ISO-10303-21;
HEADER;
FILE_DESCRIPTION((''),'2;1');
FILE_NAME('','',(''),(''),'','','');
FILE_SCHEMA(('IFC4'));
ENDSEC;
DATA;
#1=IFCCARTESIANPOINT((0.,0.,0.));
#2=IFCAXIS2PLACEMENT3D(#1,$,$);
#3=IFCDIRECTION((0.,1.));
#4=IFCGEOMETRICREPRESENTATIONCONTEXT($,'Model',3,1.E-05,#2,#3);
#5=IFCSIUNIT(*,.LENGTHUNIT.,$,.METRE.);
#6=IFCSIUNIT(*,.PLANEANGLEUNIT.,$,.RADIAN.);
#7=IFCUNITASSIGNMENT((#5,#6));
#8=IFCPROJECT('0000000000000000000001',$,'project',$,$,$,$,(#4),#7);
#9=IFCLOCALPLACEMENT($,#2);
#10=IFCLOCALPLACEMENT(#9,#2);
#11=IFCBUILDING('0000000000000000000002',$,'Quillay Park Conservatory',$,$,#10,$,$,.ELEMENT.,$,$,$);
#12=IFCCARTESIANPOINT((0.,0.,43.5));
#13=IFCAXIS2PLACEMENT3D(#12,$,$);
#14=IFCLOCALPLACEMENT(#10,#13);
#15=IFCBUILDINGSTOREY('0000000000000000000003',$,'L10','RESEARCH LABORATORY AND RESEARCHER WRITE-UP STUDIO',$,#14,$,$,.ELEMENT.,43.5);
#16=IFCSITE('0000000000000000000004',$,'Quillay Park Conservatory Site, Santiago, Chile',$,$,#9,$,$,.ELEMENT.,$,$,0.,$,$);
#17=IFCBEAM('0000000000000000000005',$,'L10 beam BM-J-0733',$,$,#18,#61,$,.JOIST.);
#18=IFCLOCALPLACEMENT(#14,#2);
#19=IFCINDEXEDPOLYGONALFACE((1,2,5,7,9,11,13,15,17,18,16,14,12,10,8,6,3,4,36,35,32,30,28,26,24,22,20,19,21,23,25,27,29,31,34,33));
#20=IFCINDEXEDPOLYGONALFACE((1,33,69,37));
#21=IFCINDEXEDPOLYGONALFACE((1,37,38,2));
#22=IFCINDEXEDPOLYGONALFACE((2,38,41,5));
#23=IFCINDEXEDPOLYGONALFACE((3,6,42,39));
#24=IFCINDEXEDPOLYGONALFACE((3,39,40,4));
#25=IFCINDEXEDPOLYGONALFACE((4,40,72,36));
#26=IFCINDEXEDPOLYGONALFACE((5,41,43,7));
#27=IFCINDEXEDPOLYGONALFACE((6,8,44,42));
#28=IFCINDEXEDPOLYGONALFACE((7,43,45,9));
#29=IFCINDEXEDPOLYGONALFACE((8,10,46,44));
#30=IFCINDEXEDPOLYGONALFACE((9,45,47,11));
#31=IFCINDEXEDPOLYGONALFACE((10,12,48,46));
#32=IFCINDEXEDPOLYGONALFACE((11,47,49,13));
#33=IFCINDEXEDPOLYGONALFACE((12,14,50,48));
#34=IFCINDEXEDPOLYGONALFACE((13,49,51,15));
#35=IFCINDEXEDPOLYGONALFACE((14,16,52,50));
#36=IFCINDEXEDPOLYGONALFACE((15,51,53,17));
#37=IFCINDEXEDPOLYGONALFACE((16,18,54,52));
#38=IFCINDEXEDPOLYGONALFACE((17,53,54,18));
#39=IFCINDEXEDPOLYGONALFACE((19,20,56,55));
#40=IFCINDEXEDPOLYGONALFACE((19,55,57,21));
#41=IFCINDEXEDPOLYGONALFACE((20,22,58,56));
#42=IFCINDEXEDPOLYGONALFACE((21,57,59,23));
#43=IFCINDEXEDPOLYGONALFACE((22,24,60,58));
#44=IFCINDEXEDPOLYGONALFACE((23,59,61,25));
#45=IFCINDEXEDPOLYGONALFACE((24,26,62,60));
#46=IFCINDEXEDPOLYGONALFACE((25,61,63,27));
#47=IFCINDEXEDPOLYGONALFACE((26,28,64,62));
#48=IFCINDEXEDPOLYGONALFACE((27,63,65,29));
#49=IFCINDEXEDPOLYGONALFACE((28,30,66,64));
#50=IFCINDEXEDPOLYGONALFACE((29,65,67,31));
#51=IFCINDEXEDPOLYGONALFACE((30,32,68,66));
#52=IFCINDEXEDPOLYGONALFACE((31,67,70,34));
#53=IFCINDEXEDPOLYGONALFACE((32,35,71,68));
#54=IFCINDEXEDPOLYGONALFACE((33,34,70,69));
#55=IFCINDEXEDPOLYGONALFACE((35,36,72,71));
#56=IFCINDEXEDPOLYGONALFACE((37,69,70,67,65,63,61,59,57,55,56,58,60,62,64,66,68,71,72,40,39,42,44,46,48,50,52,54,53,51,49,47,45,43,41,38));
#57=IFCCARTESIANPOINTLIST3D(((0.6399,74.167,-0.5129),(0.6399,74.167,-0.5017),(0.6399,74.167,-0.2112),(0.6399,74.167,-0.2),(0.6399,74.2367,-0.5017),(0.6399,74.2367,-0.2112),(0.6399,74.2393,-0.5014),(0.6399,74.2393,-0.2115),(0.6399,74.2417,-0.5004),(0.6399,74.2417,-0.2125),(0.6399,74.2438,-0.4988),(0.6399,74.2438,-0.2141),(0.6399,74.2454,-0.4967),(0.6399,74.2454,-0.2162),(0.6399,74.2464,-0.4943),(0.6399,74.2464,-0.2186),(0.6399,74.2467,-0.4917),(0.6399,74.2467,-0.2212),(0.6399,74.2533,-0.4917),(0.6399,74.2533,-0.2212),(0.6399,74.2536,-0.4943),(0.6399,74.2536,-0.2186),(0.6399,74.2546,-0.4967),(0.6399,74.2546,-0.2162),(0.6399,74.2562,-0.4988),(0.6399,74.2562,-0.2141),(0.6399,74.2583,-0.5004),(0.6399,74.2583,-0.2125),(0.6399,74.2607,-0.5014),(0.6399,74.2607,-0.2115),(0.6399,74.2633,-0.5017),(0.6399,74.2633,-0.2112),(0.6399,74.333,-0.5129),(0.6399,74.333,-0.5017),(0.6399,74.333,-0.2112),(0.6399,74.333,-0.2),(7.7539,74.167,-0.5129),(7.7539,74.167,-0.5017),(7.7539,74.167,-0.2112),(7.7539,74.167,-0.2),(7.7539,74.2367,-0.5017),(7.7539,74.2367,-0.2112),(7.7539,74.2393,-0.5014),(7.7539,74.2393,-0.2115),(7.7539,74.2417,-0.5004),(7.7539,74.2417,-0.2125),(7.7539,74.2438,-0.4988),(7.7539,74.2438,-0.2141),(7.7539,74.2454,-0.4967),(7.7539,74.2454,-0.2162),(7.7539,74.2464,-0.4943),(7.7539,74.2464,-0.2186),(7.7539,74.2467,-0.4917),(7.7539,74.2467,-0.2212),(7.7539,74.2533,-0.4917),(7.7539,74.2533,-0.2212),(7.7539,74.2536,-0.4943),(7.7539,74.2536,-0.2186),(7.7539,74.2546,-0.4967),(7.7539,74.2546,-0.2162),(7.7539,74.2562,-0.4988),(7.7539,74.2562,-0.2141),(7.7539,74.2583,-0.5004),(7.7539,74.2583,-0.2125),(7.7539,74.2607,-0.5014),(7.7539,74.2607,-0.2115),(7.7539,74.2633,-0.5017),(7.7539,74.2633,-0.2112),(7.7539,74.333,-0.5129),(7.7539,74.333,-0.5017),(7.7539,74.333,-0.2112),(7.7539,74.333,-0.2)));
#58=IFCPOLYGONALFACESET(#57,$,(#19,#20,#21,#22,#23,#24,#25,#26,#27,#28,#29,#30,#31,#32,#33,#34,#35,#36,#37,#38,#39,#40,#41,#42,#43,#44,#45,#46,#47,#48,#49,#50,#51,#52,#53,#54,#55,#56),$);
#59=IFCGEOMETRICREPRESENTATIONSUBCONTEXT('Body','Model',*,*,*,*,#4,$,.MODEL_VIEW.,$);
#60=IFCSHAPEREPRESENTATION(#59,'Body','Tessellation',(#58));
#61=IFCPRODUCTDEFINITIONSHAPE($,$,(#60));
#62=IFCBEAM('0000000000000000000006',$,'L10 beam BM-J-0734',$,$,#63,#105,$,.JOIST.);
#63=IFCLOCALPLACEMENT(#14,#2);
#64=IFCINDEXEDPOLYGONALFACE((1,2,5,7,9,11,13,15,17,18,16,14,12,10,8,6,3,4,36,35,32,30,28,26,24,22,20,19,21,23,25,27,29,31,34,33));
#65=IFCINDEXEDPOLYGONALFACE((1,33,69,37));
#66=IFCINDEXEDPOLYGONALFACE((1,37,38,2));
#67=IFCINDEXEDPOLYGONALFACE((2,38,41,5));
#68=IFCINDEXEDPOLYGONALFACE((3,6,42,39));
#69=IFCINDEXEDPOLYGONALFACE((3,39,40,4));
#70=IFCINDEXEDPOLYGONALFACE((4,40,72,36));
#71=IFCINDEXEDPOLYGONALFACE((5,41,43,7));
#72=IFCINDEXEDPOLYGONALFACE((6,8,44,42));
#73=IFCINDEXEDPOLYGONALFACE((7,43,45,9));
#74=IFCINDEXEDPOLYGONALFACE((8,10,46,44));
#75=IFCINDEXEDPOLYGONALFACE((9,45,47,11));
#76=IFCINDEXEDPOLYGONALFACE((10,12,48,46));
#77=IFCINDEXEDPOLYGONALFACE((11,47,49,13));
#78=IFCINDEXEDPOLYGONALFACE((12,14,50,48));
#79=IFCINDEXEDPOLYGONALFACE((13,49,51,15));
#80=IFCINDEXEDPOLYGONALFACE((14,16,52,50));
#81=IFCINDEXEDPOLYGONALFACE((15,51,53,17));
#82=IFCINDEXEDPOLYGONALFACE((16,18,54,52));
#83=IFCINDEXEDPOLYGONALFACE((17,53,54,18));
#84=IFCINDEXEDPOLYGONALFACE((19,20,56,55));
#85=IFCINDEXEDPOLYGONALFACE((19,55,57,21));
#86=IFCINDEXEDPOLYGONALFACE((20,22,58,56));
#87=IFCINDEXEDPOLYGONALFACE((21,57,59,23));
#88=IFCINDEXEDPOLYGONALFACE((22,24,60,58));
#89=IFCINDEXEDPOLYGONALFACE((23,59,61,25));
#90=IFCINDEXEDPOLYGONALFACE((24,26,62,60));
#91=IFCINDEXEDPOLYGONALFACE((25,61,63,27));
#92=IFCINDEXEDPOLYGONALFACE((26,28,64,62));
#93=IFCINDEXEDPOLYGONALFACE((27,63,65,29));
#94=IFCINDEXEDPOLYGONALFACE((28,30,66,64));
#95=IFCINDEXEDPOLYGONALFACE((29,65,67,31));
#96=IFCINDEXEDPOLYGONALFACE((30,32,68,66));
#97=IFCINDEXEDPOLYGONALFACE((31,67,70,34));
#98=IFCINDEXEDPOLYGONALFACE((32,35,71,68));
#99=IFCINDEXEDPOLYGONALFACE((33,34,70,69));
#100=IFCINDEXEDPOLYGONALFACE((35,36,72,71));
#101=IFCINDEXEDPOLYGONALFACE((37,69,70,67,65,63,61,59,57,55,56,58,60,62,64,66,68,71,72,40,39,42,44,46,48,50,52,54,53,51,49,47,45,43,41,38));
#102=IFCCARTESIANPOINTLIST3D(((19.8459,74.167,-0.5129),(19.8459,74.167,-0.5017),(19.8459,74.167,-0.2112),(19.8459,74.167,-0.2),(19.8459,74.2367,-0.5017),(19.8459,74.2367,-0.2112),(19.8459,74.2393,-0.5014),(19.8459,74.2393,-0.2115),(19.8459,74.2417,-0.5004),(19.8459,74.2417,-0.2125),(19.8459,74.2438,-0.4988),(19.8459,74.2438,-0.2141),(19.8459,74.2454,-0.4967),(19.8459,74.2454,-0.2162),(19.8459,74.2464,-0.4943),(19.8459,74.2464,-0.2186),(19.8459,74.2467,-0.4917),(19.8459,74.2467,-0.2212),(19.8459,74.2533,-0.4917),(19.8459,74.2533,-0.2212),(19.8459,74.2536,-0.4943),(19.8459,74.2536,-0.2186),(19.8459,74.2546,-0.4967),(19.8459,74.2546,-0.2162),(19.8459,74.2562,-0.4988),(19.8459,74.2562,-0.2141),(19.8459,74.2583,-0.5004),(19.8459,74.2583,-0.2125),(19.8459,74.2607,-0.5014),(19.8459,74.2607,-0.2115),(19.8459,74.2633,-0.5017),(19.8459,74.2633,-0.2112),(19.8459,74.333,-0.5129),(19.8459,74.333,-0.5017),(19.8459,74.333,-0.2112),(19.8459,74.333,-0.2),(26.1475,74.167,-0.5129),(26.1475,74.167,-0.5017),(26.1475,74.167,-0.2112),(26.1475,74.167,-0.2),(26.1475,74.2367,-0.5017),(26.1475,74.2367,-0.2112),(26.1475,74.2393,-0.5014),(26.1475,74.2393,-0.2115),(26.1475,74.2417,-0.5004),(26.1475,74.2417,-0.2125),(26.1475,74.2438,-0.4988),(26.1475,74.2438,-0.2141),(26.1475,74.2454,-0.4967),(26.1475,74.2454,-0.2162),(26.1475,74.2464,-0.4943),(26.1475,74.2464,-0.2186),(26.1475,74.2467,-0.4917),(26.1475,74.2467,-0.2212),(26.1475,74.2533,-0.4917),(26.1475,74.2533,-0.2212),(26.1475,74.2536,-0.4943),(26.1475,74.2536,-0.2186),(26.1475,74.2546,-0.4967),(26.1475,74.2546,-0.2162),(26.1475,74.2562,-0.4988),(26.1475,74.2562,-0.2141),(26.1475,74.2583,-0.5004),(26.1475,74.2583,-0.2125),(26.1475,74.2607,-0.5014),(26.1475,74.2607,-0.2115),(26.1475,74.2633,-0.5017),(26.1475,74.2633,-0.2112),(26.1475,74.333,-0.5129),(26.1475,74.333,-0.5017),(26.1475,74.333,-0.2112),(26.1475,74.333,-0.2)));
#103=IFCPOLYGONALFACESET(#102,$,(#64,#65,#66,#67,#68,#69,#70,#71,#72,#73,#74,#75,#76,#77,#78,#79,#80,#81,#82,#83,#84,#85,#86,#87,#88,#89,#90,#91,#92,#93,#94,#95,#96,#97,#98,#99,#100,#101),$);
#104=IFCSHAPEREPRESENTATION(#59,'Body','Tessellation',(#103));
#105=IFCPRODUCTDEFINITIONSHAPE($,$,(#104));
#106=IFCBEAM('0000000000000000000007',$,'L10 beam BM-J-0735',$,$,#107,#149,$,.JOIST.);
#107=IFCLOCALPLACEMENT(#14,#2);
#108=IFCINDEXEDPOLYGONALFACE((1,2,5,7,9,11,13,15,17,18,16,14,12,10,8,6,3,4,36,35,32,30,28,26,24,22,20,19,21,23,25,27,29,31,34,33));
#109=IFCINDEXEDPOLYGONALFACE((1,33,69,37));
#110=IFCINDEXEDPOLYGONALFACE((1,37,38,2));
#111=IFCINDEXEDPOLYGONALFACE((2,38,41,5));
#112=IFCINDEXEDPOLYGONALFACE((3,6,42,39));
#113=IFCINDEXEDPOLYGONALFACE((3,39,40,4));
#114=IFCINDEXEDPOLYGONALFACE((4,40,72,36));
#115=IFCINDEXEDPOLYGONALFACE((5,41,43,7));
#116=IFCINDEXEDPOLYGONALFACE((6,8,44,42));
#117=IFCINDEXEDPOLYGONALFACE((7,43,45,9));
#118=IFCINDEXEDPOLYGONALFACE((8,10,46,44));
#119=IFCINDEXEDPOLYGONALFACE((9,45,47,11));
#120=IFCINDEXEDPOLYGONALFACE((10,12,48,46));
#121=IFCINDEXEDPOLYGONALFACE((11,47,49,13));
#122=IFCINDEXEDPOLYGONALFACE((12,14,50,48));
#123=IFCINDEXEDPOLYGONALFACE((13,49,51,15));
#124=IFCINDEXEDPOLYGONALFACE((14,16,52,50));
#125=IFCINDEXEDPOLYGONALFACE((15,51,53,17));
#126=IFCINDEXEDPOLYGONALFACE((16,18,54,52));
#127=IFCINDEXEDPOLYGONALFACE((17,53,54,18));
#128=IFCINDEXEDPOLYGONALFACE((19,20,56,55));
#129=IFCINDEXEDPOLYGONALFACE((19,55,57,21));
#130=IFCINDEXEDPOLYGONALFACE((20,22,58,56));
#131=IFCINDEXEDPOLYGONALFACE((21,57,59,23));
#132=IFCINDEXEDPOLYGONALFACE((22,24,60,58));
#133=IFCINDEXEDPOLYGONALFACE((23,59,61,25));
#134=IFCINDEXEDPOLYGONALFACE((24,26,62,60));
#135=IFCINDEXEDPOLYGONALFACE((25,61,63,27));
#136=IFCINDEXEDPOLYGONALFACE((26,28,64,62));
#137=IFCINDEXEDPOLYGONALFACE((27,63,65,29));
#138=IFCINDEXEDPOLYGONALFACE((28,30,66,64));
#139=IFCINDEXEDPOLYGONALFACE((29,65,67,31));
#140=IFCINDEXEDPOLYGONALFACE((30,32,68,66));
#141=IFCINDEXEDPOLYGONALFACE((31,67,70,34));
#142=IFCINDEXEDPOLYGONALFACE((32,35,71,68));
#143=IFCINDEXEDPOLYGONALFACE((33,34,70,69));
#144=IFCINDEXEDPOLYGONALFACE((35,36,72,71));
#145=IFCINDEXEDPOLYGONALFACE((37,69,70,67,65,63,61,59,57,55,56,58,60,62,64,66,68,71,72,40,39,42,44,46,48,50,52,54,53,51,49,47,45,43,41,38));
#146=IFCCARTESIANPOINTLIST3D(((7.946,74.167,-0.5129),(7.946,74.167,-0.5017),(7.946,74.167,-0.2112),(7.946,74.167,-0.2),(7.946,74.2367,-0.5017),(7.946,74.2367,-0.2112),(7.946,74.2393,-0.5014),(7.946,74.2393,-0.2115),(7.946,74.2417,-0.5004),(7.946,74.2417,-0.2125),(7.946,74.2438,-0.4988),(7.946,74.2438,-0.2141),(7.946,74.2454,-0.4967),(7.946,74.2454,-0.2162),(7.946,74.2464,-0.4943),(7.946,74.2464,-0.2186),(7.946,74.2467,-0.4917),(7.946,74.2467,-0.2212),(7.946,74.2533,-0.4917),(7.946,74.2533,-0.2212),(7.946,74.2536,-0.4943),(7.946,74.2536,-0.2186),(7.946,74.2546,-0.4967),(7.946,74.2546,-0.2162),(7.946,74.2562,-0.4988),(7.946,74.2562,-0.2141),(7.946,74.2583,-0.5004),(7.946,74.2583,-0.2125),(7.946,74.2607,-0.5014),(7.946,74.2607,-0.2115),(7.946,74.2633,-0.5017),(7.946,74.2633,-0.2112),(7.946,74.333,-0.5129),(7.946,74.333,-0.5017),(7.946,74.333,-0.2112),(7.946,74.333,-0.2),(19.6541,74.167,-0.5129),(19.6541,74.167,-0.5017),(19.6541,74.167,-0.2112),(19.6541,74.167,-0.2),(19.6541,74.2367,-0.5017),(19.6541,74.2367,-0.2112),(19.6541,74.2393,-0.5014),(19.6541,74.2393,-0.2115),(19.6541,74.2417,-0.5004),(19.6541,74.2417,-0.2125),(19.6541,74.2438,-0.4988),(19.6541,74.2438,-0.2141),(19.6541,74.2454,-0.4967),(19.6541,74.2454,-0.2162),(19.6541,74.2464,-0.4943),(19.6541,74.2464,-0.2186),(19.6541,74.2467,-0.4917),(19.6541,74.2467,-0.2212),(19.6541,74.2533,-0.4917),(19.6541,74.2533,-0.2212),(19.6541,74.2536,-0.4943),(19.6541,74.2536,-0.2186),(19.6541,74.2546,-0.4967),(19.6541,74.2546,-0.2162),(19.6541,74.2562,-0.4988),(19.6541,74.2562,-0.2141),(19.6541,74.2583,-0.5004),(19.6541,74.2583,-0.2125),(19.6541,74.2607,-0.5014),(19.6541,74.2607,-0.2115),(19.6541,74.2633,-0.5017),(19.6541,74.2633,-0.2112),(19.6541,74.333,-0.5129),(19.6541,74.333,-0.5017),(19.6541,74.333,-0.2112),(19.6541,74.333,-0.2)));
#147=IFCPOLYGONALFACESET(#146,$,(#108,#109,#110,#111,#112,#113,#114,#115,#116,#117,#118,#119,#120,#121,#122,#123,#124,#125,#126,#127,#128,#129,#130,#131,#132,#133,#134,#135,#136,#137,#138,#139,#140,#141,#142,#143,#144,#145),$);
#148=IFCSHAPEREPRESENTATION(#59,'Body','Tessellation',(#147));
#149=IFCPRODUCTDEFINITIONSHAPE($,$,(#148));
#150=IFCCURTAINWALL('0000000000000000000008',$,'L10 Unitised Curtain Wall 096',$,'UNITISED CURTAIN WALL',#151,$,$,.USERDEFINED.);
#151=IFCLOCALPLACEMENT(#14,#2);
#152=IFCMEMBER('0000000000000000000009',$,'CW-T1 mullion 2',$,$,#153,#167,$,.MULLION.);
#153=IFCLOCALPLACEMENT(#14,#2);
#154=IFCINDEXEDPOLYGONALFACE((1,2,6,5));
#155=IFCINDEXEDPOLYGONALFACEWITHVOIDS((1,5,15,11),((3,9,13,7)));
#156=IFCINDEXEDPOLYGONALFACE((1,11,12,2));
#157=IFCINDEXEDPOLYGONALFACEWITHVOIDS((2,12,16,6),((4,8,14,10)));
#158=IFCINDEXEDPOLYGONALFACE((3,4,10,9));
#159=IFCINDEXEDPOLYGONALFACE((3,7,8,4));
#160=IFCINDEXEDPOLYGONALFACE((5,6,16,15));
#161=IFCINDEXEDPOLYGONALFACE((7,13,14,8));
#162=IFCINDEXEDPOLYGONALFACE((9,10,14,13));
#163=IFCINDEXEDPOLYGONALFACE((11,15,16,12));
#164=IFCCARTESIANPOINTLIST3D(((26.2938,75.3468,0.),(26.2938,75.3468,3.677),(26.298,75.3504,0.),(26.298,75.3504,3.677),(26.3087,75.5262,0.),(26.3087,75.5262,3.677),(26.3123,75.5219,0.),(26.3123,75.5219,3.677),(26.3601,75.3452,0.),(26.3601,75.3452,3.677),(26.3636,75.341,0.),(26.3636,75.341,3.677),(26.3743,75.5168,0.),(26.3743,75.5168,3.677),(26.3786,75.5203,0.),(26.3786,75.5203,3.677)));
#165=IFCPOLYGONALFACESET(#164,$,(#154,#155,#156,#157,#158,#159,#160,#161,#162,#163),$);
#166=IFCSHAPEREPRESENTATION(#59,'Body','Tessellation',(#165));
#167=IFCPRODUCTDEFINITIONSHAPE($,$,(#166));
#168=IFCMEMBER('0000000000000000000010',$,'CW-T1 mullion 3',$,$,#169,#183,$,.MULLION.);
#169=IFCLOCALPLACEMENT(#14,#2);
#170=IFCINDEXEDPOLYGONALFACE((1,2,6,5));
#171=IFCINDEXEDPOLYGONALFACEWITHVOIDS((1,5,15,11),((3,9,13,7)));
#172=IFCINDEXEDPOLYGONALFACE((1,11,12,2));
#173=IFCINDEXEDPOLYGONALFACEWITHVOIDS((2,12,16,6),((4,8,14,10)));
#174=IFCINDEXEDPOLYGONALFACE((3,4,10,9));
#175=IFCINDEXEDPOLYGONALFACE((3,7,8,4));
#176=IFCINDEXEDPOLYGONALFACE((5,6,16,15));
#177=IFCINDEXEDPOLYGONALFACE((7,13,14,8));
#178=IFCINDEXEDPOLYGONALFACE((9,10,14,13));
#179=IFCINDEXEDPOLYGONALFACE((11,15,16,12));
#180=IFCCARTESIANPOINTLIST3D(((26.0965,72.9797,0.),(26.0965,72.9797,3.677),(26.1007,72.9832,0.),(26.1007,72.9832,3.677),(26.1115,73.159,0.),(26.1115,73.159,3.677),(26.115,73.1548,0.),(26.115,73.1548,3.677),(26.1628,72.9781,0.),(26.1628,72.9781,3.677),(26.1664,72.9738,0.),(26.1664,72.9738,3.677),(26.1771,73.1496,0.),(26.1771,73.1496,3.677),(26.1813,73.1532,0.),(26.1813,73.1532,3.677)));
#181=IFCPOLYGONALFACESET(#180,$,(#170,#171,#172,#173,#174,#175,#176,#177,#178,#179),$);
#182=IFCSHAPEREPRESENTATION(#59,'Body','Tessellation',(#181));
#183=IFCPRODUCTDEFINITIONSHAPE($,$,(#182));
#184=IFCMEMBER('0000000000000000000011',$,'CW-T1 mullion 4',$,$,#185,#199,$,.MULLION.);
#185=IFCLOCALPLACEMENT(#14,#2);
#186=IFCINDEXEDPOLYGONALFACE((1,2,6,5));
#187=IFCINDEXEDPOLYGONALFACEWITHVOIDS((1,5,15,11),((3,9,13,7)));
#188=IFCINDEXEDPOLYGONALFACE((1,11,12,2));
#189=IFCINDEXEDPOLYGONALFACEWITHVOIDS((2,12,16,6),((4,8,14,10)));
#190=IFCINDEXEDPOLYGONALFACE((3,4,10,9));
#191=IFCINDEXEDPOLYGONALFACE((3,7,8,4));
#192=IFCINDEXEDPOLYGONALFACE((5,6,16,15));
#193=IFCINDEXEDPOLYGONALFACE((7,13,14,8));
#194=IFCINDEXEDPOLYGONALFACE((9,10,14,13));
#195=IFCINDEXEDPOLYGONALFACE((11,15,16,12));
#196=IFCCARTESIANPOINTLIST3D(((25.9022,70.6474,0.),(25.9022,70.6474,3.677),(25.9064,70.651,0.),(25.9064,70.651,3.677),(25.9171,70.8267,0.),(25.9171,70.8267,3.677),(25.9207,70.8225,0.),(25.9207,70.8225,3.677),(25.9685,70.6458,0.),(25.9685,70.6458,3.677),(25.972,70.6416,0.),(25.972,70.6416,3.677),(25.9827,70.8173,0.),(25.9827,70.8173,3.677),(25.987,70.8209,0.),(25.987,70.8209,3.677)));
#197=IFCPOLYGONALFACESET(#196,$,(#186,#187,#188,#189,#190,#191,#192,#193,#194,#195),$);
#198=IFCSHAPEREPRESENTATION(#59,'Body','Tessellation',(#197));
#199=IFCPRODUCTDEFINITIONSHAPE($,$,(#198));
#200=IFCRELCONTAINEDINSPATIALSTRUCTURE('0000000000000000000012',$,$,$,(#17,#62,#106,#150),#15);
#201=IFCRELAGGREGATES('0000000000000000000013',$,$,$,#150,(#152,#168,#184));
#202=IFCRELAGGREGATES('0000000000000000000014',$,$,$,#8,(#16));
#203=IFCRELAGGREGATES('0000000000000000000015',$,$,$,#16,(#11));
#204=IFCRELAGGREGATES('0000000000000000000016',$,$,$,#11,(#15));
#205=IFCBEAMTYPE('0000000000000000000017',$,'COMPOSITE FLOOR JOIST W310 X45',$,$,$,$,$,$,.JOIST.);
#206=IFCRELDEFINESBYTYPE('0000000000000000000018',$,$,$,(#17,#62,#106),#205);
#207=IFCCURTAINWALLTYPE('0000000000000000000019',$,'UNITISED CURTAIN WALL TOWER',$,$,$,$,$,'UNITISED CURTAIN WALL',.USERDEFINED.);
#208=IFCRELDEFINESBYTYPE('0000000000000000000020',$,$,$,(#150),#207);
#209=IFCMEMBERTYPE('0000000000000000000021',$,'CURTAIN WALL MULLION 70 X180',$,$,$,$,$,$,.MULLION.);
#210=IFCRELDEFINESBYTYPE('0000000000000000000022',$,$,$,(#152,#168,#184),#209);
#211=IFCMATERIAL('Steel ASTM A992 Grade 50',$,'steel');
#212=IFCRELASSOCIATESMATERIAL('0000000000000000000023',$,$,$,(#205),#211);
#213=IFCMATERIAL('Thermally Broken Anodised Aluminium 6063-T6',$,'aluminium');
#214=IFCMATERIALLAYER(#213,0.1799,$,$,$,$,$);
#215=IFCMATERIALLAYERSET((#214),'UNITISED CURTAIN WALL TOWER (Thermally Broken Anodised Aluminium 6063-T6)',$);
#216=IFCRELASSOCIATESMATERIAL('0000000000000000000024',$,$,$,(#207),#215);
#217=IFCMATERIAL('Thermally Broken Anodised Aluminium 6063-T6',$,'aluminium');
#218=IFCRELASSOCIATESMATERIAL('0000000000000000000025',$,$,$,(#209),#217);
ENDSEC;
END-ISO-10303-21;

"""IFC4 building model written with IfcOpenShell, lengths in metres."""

from ifc_helpers import new_model, si_unit, direction, frame, origin, origin_2d, place, context, subcontext, project, spatial, hollow_rectangle, i_section, extrude, material, layer, layer_set, material_profile, profile_set, type_object, element, aggregate, save


model = new_model("IFC4")

# Units and contexts
model_context = context("Model", 3, precision=1e-05, world=origin(), true_north=direction((0.0, 1.0)))
body_context = subcontext(model_context, "Body", "Model", "MODEL_VIEW")
ifc_project = project(units=[si_unit("LENGTHUNIT", "METRE"), si_unit("PLANEANGLEUNIT", "RADIAN")], contexts=[model_context])

# Site, building, storey
site_placement = place(None, origin())
site = spatial("IfcSite", under=ifc_project, at=site_placement, Name="Quillay Park Conservatory Site, Santiago, Chile", CompositionType="ELEMENT", RefElevation=0.0)
building_placement = place(site_placement, origin())
building = spatial("IfcBuilding", under=site, at=building_placement, Name="Quillay Park Conservatory", CompositionType="ELEMENT")
storey_placement = place(building_placement, frame((0.0, 0.0, 43.5)))
storey = spatial("IfcBuildingStorey", under=building, at=storey_placement, Name="L10", Description="RESEARCH LABORATORY AND RESEARCHER WRITE-UP STUDIO", CompositionType="ELEMENT", Elevation=43.5)

# Beams
ifc_material_1 = material(Name="Steel ASTM A992 Grade 50", Category="steel")
ifc_material_profile_1 = material_profile(ifc_material_1, i_section(OverallWidth=0.166, OverallDepth=0.313, WebThickness=0.0066, FlangeThickness=0.0112, FilletRadius=0.01, at=origin_2d()), Name="W310x45")
ifc_profile_set_1 = profile_set([ifc_material_profile_1], Name="Steel ASTM A992 Grade 50")
beam_type_1 = type_object("IfcBeamType", Name="COMPOSITE FLOOR JOIST W310 X45", PredefinedType="JOIST", material=ifc_profile_set_1)
beam_1_placement = place(storey_placement, frame((0.6399, 74.25, -0.3564), z_axis=(1.0, 0.0, 0.0), x_axis=(0.0, 1.0, 0.0)))
element("IfcBeam", 1, at=beam_1_placement, inside=storey, type_object=beam_type_1, Name="L10 beam BM-J-0733", PredefinedType="JOIST", context=body_context, shape_type="SweptSolid", body=[
    extrude(i_section(OverallWidth=0.166, OverallDepth=0.313, WebThickness=0.0066, FlangeThickness=0.0112, FilletRadius=0.01, at=origin_2d()), origin(), (0.0, 0.0, 1.0), 7.114),
])
beam_2_placement = place(storey_placement, frame((19.8459, 74.25, -0.3564), z_axis=(1.0, 0.0, 0.0), x_axis=(0.0, 1.0, 0.0)))
element("IfcBeam", 2, at=beam_2_placement, inside=storey, type_object=beam_type_1, Name="L10 beam BM-J-0734", PredefinedType="JOIST", context=body_context, shape_type="SweptSolid", body=[
    extrude(i_section(OverallWidth=0.166, OverallDepth=0.313, WebThickness=0.0066, FlangeThickness=0.0112, FilletRadius=0.01, at=origin_2d()), origin(), (0.0, 0.0, 1.0), 6.3015),
])
beam_3_placement = place(storey_placement, frame((7.946, 74.25, -0.3564), z_axis=(1.0, 0.0, 0.0), x_axis=(0.0, 1.0, 0.0)))
element("IfcBeam", 3, at=beam_3_placement, inside=storey, type_object=beam_type_1, Name="L10 beam BM-J-0735", PredefinedType="JOIST", context=body_context, shape_type="SweptSolid", body=[
    extrude(i_section(OverallWidth=0.166, OverallDepth=0.313, WebThickness=0.0066, FlangeThickness=0.0112, FilletRadius=0.01, at=origin_2d()), origin(), (0.0, 0.0, 1.0), 11.708),
])

# Curtain wall, members
ifc_material_2 = material(Name="Thermally Broken Anodised Aluminium 6063-T6", Category="aluminium")
ifc_layer_1 = layer(ifc_material_2, 0.1799)
ifc_layer_set_1 = layer_set([ifc_layer_1], Name="UNITISED CURTAIN WALL TOWER (Thermally Broken Anodised Aluminium 6063-T6)")
curtain_wall_type = type_object("IfcCurtainWallType", Name="UNITISED CURTAIN WALL TOWER", ElementType="UNITISED CURTAIN WALL", PredefinedType="USERDEFINED", material=ifc_layer_set_1)
curtain_wall_placement = place(storey_placement, origin())
curtain_wall = element("IfcCurtainWall", 4, at=curtain_wall_placement, inside=storey, type_object=curtain_wall_type, Name="L10 Unitised Curtain Wall 096", ObjectType="UNITISED CURTAIN WALL", PredefinedType="USERDEFINED")
ifc_material_3 = material(Name="Thermally Broken Anodised Aluminium 6063-T6", Category="aluminium")
ifc_material_profile_2 = material_profile(ifc_material_3, hollow_rectangle(XDim=0.0701, YDim=0.1799, WallThickness=0.0039, at=origin_2d()), Name="AL70x180x4")
ifc_profile_set_2 = profile_set([ifc_material_profile_2], Name="Thermally Broken Anodised Aluminium 6063-T6")
member_type_1 = type_object("IfcMemberType", Name="CURTAIN WALL MULLION 70 X180", PredefinedType="MULLION", material=ifc_profile_set_2)
member_1_placement = place(storey_placement, frame((26.3362, 75.4336, 0.0), z_axis=(0.0, 0.0, 1.0), x_axis=(0.996546, -0.083048, 0.0)))
member_1 = element("IfcMember", 5, at=member_1_placement, type_object=member_type_1, Name="CW-T1 mullion 2", PredefinedType="MULLION", context=body_context, shape_type="SweptSolid", body=[
    extrude(hollow_rectangle(XDim=0.0701, YDim=0.1799, WallThickness=0.0039, at=origin_2d()), origin(), (0.0, 0.0, 1.0), 3.677),
])
member_2_placement = place(storey_placement, frame((26.1389, 73.0664, 0.0), z_axis=(0.0, 0.0, 1.0), x_axis=(0.996546, -0.083048, 0.0)))
member_2 = element("IfcMember", 6, at=member_2_placement, type_object=member_type_1, Name="CW-T1 mullion 3", PredefinedType="MULLION", context=body_context, shape_type="SweptSolid", body=[
    extrude(hollow_rectangle(XDim=0.0701, YDim=0.1799, WallThickness=0.0039, at=origin_2d()), origin(), (0.0, 0.0, 1.0), 3.677),
])
member_3_placement = place(storey_placement, frame((25.9446, 70.7341, 0.0), z_axis=(0.0, 0.0, 1.0), x_axis=(0.996546, -0.083048, 0.0)))
member_3 = element("IfcMember", 7, at=member_3_placement, type_object=member_type_1, Name="CW-T1 mullion 4", PredefinedType="MULLION", context=body_context, shape_type="SweptSolid", body=[
    extrude(hollow_rectangle(XDim=0.0701, YDim=0.1799, WallThickness=0.0039, at=origin_2d()), origin(), (0.0, 0.0, 1.0), 3.677),
])

aggregate(curtain_wall, [member_1, member_2, member_3])

save(model, "model.ifc")
